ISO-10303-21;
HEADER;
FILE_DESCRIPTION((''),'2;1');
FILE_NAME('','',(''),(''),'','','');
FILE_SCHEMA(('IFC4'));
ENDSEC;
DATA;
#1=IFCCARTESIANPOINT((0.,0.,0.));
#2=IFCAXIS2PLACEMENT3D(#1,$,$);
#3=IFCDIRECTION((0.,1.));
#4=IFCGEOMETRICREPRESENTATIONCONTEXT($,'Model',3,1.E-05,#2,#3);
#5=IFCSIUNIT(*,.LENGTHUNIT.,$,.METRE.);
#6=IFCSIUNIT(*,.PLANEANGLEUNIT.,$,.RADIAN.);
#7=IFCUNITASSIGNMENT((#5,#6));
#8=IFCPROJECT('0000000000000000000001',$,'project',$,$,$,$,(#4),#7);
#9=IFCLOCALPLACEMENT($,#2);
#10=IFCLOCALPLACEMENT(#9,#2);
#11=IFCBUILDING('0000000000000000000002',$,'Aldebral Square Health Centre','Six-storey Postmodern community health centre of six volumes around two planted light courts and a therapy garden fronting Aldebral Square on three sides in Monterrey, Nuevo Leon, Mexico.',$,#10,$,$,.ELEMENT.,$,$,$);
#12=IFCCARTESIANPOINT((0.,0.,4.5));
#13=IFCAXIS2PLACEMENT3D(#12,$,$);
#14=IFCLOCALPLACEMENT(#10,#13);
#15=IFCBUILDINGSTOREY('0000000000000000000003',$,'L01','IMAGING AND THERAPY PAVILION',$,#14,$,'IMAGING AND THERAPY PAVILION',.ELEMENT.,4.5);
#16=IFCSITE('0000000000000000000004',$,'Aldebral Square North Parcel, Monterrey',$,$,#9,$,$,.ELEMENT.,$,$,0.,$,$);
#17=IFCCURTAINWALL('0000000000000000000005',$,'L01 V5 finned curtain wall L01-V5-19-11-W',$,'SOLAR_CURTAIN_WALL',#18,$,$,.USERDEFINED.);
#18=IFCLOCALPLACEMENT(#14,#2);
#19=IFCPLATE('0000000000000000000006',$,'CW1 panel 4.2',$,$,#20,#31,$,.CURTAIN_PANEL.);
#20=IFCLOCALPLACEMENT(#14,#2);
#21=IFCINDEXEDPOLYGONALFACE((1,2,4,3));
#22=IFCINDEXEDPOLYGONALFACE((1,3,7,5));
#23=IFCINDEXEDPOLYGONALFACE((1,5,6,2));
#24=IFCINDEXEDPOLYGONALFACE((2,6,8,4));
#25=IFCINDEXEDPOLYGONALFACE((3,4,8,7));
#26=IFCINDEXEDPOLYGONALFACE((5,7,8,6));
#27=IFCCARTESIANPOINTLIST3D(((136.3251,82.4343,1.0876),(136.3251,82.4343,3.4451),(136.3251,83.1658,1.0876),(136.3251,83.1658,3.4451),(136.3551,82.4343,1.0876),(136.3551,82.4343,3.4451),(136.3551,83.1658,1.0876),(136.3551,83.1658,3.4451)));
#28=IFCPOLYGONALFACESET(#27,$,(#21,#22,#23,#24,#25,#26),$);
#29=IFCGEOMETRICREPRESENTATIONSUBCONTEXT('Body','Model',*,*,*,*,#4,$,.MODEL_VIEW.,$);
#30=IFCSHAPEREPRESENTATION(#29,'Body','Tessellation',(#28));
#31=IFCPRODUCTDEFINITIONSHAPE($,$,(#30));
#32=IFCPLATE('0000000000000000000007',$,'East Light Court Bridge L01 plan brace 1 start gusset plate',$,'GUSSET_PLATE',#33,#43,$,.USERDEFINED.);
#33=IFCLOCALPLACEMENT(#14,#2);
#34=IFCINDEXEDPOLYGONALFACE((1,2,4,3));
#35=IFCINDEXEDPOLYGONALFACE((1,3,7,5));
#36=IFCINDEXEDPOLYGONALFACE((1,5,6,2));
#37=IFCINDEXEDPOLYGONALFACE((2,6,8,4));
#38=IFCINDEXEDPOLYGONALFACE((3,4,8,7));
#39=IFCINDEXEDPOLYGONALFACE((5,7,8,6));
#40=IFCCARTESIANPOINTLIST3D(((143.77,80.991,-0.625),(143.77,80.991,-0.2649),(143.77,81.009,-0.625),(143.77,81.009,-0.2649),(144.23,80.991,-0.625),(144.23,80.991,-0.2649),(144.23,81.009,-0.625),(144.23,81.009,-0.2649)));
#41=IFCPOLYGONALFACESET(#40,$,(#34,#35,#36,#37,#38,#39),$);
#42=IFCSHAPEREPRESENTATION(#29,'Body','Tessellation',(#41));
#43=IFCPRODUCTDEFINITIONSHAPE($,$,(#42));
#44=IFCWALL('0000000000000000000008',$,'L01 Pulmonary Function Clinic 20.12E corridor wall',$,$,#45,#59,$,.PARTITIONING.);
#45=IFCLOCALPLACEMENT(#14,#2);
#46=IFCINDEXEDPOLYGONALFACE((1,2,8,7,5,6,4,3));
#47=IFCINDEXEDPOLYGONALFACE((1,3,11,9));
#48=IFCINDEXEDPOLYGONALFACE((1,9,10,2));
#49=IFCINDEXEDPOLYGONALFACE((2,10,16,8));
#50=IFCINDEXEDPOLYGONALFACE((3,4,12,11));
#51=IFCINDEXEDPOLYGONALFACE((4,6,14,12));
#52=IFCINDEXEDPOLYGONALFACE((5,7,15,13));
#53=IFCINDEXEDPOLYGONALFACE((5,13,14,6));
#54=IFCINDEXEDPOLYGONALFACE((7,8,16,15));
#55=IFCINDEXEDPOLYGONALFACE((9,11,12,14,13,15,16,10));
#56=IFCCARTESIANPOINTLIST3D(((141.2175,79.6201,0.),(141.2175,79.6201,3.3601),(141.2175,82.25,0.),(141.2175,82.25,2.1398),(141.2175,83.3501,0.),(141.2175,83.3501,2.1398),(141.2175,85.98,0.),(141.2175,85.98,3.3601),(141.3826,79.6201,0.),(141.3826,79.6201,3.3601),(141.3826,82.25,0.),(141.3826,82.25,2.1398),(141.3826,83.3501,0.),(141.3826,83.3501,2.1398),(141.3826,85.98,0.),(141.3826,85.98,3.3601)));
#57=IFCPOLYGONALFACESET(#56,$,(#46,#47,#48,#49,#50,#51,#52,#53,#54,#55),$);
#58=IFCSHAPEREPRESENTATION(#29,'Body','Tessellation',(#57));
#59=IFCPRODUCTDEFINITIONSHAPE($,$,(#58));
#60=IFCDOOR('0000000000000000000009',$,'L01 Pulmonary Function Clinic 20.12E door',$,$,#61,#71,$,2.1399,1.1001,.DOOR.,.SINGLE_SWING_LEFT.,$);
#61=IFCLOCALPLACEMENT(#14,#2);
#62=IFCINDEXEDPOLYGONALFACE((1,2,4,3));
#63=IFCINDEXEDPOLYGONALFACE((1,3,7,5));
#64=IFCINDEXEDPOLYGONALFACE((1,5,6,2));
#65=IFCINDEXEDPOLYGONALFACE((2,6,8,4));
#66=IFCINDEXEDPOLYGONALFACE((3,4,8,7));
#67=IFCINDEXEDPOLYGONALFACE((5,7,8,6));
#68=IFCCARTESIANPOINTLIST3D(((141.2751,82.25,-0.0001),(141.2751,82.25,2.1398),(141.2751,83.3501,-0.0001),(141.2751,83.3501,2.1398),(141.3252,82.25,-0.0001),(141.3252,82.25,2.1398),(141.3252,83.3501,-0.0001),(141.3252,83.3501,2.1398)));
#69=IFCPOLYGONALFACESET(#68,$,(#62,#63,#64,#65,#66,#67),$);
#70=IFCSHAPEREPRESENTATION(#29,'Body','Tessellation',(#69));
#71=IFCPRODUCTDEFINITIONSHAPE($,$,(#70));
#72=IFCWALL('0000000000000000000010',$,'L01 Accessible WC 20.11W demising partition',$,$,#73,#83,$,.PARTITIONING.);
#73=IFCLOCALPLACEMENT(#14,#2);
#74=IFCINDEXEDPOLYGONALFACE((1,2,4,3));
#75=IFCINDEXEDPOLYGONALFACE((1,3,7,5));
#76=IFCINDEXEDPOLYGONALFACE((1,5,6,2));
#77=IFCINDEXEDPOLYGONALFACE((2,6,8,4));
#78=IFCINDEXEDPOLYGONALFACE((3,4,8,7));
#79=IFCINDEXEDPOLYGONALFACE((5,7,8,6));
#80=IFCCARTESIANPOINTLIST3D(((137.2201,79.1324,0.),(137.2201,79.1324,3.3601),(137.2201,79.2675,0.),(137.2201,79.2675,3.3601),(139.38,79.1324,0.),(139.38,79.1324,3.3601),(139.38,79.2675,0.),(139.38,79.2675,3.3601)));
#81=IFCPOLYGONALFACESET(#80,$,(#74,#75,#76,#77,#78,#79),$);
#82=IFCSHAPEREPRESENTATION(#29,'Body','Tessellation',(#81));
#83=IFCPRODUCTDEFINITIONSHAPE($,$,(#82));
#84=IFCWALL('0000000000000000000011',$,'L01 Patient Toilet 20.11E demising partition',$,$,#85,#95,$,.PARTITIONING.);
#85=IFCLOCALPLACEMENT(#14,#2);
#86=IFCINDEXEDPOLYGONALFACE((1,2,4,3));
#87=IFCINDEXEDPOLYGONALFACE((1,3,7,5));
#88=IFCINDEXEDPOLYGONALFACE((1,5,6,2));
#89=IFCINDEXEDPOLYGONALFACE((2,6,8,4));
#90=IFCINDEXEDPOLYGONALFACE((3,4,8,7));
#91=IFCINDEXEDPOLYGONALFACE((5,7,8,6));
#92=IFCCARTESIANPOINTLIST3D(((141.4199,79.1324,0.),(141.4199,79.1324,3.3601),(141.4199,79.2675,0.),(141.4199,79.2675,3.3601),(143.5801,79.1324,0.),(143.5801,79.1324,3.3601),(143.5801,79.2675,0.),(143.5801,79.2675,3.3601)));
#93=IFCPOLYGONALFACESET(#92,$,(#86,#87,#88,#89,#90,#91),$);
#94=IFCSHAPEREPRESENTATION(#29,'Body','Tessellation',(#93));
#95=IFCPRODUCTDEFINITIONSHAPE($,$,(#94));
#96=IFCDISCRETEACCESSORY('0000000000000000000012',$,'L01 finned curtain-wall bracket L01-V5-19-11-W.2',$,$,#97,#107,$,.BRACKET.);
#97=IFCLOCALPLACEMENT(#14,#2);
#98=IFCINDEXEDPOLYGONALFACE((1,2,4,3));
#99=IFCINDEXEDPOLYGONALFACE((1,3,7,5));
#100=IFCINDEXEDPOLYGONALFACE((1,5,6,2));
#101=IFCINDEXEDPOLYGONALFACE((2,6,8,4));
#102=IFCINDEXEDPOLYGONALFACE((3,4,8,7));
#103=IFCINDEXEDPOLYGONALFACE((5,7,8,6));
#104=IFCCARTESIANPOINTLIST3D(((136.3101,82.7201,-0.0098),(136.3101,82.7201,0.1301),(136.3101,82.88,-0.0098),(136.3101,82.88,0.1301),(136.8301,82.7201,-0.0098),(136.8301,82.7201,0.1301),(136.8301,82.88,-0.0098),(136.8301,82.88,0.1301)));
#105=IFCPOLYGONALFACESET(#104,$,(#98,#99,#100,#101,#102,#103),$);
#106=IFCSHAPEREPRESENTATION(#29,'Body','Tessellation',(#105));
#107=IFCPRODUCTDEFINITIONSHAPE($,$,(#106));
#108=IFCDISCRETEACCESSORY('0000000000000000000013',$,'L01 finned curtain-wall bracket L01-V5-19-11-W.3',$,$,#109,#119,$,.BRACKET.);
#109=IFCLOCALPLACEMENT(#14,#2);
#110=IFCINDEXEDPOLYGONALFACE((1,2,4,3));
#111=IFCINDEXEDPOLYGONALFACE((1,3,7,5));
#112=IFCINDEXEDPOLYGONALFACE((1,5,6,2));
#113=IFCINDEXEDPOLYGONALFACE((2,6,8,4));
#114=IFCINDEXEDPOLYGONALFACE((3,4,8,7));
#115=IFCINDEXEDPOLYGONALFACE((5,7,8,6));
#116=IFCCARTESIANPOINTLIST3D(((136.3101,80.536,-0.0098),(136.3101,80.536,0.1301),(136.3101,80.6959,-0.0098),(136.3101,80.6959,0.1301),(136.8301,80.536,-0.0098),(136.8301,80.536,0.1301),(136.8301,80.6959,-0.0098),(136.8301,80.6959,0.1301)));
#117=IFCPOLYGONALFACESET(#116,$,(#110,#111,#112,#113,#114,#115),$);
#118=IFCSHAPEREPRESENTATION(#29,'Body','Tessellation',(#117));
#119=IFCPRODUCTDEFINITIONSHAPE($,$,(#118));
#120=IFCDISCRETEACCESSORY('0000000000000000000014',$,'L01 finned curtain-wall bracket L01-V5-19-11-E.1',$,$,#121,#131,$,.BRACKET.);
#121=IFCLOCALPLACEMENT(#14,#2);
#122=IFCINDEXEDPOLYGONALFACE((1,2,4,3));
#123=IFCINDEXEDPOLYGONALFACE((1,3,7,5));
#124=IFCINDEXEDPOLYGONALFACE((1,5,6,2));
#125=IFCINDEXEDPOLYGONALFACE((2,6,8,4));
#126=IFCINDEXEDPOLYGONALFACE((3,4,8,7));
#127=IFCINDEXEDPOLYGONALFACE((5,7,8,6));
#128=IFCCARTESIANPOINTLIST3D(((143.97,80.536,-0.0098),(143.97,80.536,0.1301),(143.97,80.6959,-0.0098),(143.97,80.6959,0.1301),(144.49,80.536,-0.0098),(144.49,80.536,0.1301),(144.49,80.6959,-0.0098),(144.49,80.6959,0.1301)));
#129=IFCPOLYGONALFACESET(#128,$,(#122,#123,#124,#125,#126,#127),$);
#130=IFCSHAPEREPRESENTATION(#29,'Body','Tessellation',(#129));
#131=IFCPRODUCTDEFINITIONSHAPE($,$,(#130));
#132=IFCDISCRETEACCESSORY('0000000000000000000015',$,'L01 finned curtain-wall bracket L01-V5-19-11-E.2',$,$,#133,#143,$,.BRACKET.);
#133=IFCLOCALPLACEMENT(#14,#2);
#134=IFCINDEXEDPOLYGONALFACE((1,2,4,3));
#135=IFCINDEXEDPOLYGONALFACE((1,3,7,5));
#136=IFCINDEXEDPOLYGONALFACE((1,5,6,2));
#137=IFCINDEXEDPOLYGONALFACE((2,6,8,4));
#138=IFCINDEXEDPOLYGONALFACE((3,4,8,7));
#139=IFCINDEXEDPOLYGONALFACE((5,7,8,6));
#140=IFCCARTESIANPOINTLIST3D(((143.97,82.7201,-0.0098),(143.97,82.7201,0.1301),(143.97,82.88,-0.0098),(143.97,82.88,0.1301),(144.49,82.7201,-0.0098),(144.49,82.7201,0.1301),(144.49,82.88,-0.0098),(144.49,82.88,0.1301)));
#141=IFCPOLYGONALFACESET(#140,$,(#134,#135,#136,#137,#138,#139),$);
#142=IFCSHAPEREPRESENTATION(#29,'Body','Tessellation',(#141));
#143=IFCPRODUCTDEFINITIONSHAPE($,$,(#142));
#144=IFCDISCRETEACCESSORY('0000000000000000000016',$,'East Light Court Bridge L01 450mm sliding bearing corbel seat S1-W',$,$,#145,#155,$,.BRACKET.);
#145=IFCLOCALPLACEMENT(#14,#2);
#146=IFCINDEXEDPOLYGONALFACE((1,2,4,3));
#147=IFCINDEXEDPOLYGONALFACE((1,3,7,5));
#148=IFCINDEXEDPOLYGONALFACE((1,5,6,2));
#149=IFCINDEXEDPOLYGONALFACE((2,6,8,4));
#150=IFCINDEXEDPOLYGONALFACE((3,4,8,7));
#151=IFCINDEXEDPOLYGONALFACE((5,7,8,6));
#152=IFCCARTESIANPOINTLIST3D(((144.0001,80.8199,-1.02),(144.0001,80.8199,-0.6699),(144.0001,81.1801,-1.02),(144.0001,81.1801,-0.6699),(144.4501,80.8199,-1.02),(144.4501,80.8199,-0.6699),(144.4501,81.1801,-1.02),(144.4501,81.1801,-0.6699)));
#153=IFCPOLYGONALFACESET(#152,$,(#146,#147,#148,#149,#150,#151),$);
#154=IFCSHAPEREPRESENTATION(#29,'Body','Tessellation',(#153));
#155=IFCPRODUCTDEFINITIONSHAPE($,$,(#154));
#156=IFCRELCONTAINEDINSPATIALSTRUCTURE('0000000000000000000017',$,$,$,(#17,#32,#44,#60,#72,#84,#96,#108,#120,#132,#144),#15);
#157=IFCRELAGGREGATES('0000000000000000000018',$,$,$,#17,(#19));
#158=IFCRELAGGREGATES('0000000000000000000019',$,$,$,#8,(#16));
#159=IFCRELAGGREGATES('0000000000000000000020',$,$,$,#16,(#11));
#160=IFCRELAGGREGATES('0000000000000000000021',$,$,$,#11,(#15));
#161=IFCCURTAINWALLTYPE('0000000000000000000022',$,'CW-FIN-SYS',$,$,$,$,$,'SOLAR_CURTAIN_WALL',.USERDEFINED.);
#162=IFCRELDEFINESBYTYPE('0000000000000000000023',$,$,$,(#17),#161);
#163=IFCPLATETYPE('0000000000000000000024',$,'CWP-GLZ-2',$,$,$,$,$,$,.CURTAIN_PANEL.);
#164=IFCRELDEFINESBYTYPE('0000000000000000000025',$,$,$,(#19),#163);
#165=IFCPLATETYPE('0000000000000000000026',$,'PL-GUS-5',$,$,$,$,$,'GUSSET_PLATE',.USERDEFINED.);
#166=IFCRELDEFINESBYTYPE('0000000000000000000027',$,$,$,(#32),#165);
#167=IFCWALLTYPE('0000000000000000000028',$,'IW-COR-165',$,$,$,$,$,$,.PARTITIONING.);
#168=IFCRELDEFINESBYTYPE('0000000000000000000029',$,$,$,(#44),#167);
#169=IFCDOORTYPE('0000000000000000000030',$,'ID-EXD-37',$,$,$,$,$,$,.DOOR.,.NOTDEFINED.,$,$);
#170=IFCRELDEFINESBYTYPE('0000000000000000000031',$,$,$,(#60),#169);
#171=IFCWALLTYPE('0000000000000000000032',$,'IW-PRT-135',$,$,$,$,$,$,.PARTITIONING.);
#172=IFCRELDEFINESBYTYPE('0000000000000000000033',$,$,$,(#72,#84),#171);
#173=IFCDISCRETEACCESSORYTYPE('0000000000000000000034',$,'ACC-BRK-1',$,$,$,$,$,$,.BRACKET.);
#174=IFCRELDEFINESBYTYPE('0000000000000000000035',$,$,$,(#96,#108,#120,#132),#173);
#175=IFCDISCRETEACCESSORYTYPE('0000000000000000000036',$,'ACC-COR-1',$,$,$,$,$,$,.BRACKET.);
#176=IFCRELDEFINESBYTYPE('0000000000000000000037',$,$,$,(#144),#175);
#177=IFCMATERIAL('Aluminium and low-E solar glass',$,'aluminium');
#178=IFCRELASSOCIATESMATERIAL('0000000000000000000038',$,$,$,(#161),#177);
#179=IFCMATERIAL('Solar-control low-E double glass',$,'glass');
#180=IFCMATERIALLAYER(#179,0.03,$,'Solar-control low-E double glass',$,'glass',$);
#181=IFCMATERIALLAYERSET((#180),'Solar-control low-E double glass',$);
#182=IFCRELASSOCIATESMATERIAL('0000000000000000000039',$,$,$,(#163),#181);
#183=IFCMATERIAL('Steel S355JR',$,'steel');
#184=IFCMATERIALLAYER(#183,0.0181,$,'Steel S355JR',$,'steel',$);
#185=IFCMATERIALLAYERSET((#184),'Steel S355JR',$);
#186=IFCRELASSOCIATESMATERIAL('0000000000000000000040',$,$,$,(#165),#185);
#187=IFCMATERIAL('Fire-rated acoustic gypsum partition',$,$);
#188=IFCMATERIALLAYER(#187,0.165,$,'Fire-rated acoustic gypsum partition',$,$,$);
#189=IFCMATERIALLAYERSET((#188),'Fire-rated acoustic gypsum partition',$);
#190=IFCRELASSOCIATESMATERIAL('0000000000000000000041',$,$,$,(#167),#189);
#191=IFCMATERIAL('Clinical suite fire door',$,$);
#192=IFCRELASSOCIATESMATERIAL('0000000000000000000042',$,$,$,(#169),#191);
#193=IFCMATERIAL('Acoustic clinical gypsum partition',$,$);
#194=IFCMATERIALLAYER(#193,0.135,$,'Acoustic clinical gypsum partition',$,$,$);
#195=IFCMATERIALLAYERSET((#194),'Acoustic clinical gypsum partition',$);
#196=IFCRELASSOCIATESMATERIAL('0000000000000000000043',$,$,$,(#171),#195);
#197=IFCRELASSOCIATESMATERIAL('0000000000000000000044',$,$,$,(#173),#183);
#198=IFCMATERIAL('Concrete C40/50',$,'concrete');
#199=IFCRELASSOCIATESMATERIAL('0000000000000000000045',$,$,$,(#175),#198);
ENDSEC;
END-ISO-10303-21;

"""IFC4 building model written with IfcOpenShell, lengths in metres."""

from ifc_helpers import new_model, si_unit, direction, frame, frame_2d, origin, origin_2d, place, context, subcontext, project, spatial, rectangle, extrude, material, layer, layer_set, type_object, element, fill, aggregate, save


model = new_model("IFC4")

# Units and contexts
model_context = context("Model", 3, precision=1e-05, world=origin(), true_north=direction((0.0, 1.0)))
body_context = subcontext(model_context, "Body", "Model", "MODEL_VIEW")
ifc_project = project(units=[si_unit("LENGTHUNIT", "METRE"), si_unit("PLANEANGLEUNIT", "RADIAN")], contexts=[model_context])

# Site, building, storey
site_placement = place(None, origin())
site = spatial("IfcSite", under=ifc_project, at=site_placement, Name="Aldebral Square North Parcel, Monterrey", CompositionType="ELEMENT", RefElevation=0.0)
building_placement = place(site_placement, origin())
building = spatial("IfcBuilding", under=site, at=building_placement, Name="Aldebral Square Health Centre", Description="Six-storey Postmodern community health centre of six volumes around two planted light courts and a therapy garden fronting Aldebral Square on three sides in Monterrey, Nuevo Leon, Mexico.", CompositionType="ELEMENT")
storey_placement = place(building_placement, frame((0.0, 0.0, 4.5)))
storey = spatial("IfcBuildingStorey", under=building, at=storey_placement, Name="L01", Description="IMAGING AND THERAPY PAVILION", LongName="IMAGING AND THERAPY PAVILION", CompositionType="ELEMENT", Elevation=4.5)

# Shared definitions
ifc_material_1 = material(Name="Concrete C40/50", Category="concrete")

# Shared definitions
ifc_material_2 = material(Name="Steel S355JR", Category="steel")

# Curtain wall
ifc_material_3 = material(Name="Aluminium and low-E solar glass", Category="aluminium")
curtain_wall_type = type_object("IfcCurtainWallType", Name="CW-FIN-SYS", ElementType="SOLAR_CURTAIN_WALL", PredefinedType="USERDEFINED", material=ifc_material_3)
curtain_wall_placement = place(storey_placement, origin())
curtain_wall = element("IfcCurtainWall", 1, at=curtain_wall_placement, inside=storey, type_object=curtain_wall_type, Name="L01 V5 finned curtain wall L01-V5-19-11-W", ObjectType="SOLAR_CURTAIN_WALL", PredefinedType="USERDEFINED")

# Plates
ifc_material_4 = material(Name="Solar-control low-E double glass", Category="glass")
ifc_layer_1 = layer(ifc_material_4, 0.03, Name="Solar-control low-E double glass", Category="glass")
ifc_layer_set_1 = layer_set([ifc_layer_1], Name="Solar-control low-E double glass")
plate_type_1 = type_object("IfcPlateType", Name="CWP-GLZ-2", PredefinedType="CURTAIN_PANEL", material=ifc_layer_set_1)
plate_1_placement = place(storey_placement, frame((136.3401, 82.8, 1.0876), z_axis=(0.0, 0.0, 1.0), x_axis=(0.0, -1.0, 0.0)))
plate_1 = element("IfcPlate", 2, at=plate_1_placement, type_object=plate_type_1, Name="CW1 panel 4.2", PredefinedType="CURTAIN_PANEL", context=body_context, shape_type="SweptSolid", body=[
    extrude(rectangle(XDim=0.7314, YDim=0.03, at=origin_2d()), origin(), (0.0, 0.0, 1.0), 2.3574),
])
aggregate(curtain_wall, [plate_1])
ifc_layer_2 = layer(ifc_material_2, 0.0181, Name="Steel S355JR", Category="steel")
ifc_layer_set_2 = layer_set([ifc_layer_2], Name="Steel S355JR")
plate_type_2 = type_object("IfcPlateType", Name="PL-GUS-5", ElementType="GUSSET_PLATE", PredefinedType="USERDEFINED", material=ifc_layer_set_2)
plate_2_placement = place(storey_placement, frame((144.0, 81.0, -0.625), z_axis=(0.0, 0.0, 1.0), x_axis=(1.0, 0.0, 0.0)))
element("IfcPlate", 3, at=plate_2_placement, inside=storey, type_object=plate_type_2, Name="East Light Court Bridge L01 plan brace 1 start gusset plate", ObjectType="GUSSET_PLATE", PredefinedType="USERDEFINED", context=body_context, shape_type="SweptSolid", body=[
    extrude(rectangle(XDim=0.46, YDim=0.0181, at=origin_2d()), origin(), (0.0, 0.0, 1.0), 0.3601),
])

# Wall, opening, door
ifc_material_5 = material(Name="Fire-rated acoustic gypsum partition")
ifc_layer_3 = layer(ifc_material_5, 0.165, Name="Fire-rated acoustic gypsum partition")
ifc_layer_set_3 = layer_set([ifc_layer_3], Name="Fire-rated acoustic gypsum partition")
wall_type_1 = type_object("IfcWallType", Name="IW-COR-165", PredefinedType="PARTITIONING", material=ifc_layer_set_3)
wall_1_placement = place(storey_placement, frame((141.3, 79.6201, 0.0), z_axis=(0.0, 0.0, 1.0), x_axis=(0.0, 1.0, 0.0)))
wall_1 = element("IfcWall", 4, at=wall_1_placement, inside=storey, type_object=wall_type_1, Name="L01 Pulmonary Function Clinic 20.12E corridor wall", PredefinedType="PARTITIONING", context=body_context, shape_type="SweptSolid", body=[
    extrude(rectangle(XDim=6.3599, YDim=0.165, at=frame_2d((3.1799, 0.0))), origin(), (0.0, 0.0, 1.0), 3.3601),
])
opening_1_placement = place(wall_1_placement, frame((2.6299, 0.0, 0.0)))
opening_1 = element("IfcOpeningElement", 5, at=opening_1_placement, cuts=wall_1, PredefinedType="OPENING", context=body_context, shape_type="SweptSolid", body=[
    extrude(rectangle(XDim=1.1001, YDim=2.1399, at=frame_2d((0.55, 1.0698))), frame((0.0, 0.0925, 0.0), z_axis=(0.0, -1.0, 0.0), x_axis=(1.0, 0.0, 0.0)), (0.0, 0.0, 1.0), 0.1851),
])
ifc_material_6 = material(Name="Clinical suite fire door")
door_type_1 = type_object("IfcDoorType", Name="ID-EXD-37", OperationType="NOTDEFINED", PredefinedType="DOOR", material=ifc_material_6)
door_1_placement = place(opening_1_placement, origin())
door_1 = element("IfcDoor", 6, at=door_1_placement, inside=storey, type_object=door_type_1, Name="L01 Pulmonary Function Clinic 20.12E door", OperationType="SINGLE_SWING_LEFT", OverallHeight=2.1399, OverallWidth=1.1001, PredefinedType="DOOR", context=body_context, shape_type="SweptSolid", body=[
    extrude(rectangle(XDim=1.1001, YDim=2.1399, at=frame_2d((0.55, 1.0698))), frame((0.0, 0.0249, 0.0), z_axis=(0.0, -1.0, 0.0), x_axis=(1.0, 0.0, 0.0)), (0.0, 0.0, 1.0), 0.05),
])
fill(opening_1, door_1)

# Walls
ifc_material_7 = material(Name="Acoustic clinical gypsum partition")
ifc_layer_4 = layer(ifc_material_7, 0.135, Name="Acoustic clinical gypsum partition")
ifc_layer_set_4 = layer_set([ifc_layer_4], Name="Acoustic clinical gypsum partition")
wall_type_2 = type_object("IfcWallType", Name="IW-PRT-135", PredefinedType="PARTITIONING", material=ifc_layer_set_4)
wall_2_placement = place(storey_placement, frame((137.22, 79.2, 0.0), z_axis=(0.0, 0.0, 1.0), x_axis=(1.0, 0.0, 0.0)))
element("IfcWall", 7, at=wall_2_placement, inside=storey, type_object=wall_type_2, Name="L01 Accessible WC 20.11W demising partition", PredefinedType="PARTITIONING", context=body_context, shape_type="SweptSolid", body=[
    extrude(rectangle(XDim=2.1599, YDim=0.135, at=frame_2d((1.0801, 0.0))), origin(), (0.0, 0.0, 1.0), 3.3601),
])
wall_3_placement = place(storey_placement, frame((141.4199, 79.2, 0.0), z_axis=(0.0, 0.0, 1.0), x_axis=(1.0, 0.0, 0.0)))
element("IfcWall", 8, at=wall_3_placement, inside=storey, type_object=wall_type_2, Name="L01 Patient Toilet 20.11E demising partition", PredefinedType="PARTITIONING", context=body_context, shape_type="SweptSolid", body=[
    extrude(rectangle(XDim=2.1602, YDim=0.135, at=frame_2d((1.0801, 0.0))), origin(), (0.0, 0.0, 1.0), 3.3601),
])

# Discrete accessories
discrete_accessory_type_1 = type_object("IfcDiscreteAccessoryType", Name="ACC-BRK-1", PredefinedType="BRACKET", material=ifc_material_2)
for number, where, z_axis, x_axis, name in (
    (9, (136.5701, 82.8, -0.0098), (0.0, 0.0, 1.0), (0.0, 1.0, 0.0), "L01 finned curtain-wall bracket L01-V5-19-11-W.2"),
    (10, (136.5701, 80.616, -0.0098), (0.0, 0.0, 1.0), (0.0, 1.0, 0.0), "L01 finned curtain-wall bracket L01-V5-19-11-W.3"),
    (11, (144.23, 80.616, -0.0098), (0.0, 0.0, 1.0), (0.0, 1.0, 0.0), "L01 finned curtain-wall bracket L01-V5-19-11-E.1"),
    (12, (144.23, 82.8, -0.0098), (0.0, 0.0, 1.0), (0.0, 1.0, 0.0), "L01 finned curtain-wall bracket L01-V5-19-11-E.2"),
):
    element("IfcDiscreteAccessory", number, at=place(storey_placement, frame(where, z_axis=z_axis, x_axis=x_axis)), inside=storey, type_object=discrete_accessory_type_1, Name=name, PredefinedType="BRACKET", context=body_context, shape_type="SweptSolid", body=[
        extrude(rectangle(XDim=0.1599, YDim=0.52, at=origin_2d()), origin(), (0.0, 0.0, 1.0), 0.1399),
    ])
discrete_accessory_type_2 = type_object("IfcDiscreteAccessoryType", Name="ACC-COR-1", PredefinedType="BRACKET", material=ifc_material_1)
discrete_accessory_placement = place(storey_placement, frame((144.2251, 81.0, -1.02), z_axis=(0.0, 0.0, 1.0), x_axis=(1.0, 0.0, 0.0)))
element("IfcDiscreteAccessory", 13, at=discrete_accessory_placement, inside=storey, type_object=discrete_accessory_type_2, Name="East Light Court Bridge L01 450mm sliding bearing corbel seat S1-W", PredefinedType="BRACKET", context=body_context, shape_type="SweptSolid", body=[
    extrude(rectangle(XDim=0.45, YDim=0.3601, at=origin_2d()), origin(), (0.0, 0.0, 1.0), 0.3501),
])

save(model, "model.ifc")
